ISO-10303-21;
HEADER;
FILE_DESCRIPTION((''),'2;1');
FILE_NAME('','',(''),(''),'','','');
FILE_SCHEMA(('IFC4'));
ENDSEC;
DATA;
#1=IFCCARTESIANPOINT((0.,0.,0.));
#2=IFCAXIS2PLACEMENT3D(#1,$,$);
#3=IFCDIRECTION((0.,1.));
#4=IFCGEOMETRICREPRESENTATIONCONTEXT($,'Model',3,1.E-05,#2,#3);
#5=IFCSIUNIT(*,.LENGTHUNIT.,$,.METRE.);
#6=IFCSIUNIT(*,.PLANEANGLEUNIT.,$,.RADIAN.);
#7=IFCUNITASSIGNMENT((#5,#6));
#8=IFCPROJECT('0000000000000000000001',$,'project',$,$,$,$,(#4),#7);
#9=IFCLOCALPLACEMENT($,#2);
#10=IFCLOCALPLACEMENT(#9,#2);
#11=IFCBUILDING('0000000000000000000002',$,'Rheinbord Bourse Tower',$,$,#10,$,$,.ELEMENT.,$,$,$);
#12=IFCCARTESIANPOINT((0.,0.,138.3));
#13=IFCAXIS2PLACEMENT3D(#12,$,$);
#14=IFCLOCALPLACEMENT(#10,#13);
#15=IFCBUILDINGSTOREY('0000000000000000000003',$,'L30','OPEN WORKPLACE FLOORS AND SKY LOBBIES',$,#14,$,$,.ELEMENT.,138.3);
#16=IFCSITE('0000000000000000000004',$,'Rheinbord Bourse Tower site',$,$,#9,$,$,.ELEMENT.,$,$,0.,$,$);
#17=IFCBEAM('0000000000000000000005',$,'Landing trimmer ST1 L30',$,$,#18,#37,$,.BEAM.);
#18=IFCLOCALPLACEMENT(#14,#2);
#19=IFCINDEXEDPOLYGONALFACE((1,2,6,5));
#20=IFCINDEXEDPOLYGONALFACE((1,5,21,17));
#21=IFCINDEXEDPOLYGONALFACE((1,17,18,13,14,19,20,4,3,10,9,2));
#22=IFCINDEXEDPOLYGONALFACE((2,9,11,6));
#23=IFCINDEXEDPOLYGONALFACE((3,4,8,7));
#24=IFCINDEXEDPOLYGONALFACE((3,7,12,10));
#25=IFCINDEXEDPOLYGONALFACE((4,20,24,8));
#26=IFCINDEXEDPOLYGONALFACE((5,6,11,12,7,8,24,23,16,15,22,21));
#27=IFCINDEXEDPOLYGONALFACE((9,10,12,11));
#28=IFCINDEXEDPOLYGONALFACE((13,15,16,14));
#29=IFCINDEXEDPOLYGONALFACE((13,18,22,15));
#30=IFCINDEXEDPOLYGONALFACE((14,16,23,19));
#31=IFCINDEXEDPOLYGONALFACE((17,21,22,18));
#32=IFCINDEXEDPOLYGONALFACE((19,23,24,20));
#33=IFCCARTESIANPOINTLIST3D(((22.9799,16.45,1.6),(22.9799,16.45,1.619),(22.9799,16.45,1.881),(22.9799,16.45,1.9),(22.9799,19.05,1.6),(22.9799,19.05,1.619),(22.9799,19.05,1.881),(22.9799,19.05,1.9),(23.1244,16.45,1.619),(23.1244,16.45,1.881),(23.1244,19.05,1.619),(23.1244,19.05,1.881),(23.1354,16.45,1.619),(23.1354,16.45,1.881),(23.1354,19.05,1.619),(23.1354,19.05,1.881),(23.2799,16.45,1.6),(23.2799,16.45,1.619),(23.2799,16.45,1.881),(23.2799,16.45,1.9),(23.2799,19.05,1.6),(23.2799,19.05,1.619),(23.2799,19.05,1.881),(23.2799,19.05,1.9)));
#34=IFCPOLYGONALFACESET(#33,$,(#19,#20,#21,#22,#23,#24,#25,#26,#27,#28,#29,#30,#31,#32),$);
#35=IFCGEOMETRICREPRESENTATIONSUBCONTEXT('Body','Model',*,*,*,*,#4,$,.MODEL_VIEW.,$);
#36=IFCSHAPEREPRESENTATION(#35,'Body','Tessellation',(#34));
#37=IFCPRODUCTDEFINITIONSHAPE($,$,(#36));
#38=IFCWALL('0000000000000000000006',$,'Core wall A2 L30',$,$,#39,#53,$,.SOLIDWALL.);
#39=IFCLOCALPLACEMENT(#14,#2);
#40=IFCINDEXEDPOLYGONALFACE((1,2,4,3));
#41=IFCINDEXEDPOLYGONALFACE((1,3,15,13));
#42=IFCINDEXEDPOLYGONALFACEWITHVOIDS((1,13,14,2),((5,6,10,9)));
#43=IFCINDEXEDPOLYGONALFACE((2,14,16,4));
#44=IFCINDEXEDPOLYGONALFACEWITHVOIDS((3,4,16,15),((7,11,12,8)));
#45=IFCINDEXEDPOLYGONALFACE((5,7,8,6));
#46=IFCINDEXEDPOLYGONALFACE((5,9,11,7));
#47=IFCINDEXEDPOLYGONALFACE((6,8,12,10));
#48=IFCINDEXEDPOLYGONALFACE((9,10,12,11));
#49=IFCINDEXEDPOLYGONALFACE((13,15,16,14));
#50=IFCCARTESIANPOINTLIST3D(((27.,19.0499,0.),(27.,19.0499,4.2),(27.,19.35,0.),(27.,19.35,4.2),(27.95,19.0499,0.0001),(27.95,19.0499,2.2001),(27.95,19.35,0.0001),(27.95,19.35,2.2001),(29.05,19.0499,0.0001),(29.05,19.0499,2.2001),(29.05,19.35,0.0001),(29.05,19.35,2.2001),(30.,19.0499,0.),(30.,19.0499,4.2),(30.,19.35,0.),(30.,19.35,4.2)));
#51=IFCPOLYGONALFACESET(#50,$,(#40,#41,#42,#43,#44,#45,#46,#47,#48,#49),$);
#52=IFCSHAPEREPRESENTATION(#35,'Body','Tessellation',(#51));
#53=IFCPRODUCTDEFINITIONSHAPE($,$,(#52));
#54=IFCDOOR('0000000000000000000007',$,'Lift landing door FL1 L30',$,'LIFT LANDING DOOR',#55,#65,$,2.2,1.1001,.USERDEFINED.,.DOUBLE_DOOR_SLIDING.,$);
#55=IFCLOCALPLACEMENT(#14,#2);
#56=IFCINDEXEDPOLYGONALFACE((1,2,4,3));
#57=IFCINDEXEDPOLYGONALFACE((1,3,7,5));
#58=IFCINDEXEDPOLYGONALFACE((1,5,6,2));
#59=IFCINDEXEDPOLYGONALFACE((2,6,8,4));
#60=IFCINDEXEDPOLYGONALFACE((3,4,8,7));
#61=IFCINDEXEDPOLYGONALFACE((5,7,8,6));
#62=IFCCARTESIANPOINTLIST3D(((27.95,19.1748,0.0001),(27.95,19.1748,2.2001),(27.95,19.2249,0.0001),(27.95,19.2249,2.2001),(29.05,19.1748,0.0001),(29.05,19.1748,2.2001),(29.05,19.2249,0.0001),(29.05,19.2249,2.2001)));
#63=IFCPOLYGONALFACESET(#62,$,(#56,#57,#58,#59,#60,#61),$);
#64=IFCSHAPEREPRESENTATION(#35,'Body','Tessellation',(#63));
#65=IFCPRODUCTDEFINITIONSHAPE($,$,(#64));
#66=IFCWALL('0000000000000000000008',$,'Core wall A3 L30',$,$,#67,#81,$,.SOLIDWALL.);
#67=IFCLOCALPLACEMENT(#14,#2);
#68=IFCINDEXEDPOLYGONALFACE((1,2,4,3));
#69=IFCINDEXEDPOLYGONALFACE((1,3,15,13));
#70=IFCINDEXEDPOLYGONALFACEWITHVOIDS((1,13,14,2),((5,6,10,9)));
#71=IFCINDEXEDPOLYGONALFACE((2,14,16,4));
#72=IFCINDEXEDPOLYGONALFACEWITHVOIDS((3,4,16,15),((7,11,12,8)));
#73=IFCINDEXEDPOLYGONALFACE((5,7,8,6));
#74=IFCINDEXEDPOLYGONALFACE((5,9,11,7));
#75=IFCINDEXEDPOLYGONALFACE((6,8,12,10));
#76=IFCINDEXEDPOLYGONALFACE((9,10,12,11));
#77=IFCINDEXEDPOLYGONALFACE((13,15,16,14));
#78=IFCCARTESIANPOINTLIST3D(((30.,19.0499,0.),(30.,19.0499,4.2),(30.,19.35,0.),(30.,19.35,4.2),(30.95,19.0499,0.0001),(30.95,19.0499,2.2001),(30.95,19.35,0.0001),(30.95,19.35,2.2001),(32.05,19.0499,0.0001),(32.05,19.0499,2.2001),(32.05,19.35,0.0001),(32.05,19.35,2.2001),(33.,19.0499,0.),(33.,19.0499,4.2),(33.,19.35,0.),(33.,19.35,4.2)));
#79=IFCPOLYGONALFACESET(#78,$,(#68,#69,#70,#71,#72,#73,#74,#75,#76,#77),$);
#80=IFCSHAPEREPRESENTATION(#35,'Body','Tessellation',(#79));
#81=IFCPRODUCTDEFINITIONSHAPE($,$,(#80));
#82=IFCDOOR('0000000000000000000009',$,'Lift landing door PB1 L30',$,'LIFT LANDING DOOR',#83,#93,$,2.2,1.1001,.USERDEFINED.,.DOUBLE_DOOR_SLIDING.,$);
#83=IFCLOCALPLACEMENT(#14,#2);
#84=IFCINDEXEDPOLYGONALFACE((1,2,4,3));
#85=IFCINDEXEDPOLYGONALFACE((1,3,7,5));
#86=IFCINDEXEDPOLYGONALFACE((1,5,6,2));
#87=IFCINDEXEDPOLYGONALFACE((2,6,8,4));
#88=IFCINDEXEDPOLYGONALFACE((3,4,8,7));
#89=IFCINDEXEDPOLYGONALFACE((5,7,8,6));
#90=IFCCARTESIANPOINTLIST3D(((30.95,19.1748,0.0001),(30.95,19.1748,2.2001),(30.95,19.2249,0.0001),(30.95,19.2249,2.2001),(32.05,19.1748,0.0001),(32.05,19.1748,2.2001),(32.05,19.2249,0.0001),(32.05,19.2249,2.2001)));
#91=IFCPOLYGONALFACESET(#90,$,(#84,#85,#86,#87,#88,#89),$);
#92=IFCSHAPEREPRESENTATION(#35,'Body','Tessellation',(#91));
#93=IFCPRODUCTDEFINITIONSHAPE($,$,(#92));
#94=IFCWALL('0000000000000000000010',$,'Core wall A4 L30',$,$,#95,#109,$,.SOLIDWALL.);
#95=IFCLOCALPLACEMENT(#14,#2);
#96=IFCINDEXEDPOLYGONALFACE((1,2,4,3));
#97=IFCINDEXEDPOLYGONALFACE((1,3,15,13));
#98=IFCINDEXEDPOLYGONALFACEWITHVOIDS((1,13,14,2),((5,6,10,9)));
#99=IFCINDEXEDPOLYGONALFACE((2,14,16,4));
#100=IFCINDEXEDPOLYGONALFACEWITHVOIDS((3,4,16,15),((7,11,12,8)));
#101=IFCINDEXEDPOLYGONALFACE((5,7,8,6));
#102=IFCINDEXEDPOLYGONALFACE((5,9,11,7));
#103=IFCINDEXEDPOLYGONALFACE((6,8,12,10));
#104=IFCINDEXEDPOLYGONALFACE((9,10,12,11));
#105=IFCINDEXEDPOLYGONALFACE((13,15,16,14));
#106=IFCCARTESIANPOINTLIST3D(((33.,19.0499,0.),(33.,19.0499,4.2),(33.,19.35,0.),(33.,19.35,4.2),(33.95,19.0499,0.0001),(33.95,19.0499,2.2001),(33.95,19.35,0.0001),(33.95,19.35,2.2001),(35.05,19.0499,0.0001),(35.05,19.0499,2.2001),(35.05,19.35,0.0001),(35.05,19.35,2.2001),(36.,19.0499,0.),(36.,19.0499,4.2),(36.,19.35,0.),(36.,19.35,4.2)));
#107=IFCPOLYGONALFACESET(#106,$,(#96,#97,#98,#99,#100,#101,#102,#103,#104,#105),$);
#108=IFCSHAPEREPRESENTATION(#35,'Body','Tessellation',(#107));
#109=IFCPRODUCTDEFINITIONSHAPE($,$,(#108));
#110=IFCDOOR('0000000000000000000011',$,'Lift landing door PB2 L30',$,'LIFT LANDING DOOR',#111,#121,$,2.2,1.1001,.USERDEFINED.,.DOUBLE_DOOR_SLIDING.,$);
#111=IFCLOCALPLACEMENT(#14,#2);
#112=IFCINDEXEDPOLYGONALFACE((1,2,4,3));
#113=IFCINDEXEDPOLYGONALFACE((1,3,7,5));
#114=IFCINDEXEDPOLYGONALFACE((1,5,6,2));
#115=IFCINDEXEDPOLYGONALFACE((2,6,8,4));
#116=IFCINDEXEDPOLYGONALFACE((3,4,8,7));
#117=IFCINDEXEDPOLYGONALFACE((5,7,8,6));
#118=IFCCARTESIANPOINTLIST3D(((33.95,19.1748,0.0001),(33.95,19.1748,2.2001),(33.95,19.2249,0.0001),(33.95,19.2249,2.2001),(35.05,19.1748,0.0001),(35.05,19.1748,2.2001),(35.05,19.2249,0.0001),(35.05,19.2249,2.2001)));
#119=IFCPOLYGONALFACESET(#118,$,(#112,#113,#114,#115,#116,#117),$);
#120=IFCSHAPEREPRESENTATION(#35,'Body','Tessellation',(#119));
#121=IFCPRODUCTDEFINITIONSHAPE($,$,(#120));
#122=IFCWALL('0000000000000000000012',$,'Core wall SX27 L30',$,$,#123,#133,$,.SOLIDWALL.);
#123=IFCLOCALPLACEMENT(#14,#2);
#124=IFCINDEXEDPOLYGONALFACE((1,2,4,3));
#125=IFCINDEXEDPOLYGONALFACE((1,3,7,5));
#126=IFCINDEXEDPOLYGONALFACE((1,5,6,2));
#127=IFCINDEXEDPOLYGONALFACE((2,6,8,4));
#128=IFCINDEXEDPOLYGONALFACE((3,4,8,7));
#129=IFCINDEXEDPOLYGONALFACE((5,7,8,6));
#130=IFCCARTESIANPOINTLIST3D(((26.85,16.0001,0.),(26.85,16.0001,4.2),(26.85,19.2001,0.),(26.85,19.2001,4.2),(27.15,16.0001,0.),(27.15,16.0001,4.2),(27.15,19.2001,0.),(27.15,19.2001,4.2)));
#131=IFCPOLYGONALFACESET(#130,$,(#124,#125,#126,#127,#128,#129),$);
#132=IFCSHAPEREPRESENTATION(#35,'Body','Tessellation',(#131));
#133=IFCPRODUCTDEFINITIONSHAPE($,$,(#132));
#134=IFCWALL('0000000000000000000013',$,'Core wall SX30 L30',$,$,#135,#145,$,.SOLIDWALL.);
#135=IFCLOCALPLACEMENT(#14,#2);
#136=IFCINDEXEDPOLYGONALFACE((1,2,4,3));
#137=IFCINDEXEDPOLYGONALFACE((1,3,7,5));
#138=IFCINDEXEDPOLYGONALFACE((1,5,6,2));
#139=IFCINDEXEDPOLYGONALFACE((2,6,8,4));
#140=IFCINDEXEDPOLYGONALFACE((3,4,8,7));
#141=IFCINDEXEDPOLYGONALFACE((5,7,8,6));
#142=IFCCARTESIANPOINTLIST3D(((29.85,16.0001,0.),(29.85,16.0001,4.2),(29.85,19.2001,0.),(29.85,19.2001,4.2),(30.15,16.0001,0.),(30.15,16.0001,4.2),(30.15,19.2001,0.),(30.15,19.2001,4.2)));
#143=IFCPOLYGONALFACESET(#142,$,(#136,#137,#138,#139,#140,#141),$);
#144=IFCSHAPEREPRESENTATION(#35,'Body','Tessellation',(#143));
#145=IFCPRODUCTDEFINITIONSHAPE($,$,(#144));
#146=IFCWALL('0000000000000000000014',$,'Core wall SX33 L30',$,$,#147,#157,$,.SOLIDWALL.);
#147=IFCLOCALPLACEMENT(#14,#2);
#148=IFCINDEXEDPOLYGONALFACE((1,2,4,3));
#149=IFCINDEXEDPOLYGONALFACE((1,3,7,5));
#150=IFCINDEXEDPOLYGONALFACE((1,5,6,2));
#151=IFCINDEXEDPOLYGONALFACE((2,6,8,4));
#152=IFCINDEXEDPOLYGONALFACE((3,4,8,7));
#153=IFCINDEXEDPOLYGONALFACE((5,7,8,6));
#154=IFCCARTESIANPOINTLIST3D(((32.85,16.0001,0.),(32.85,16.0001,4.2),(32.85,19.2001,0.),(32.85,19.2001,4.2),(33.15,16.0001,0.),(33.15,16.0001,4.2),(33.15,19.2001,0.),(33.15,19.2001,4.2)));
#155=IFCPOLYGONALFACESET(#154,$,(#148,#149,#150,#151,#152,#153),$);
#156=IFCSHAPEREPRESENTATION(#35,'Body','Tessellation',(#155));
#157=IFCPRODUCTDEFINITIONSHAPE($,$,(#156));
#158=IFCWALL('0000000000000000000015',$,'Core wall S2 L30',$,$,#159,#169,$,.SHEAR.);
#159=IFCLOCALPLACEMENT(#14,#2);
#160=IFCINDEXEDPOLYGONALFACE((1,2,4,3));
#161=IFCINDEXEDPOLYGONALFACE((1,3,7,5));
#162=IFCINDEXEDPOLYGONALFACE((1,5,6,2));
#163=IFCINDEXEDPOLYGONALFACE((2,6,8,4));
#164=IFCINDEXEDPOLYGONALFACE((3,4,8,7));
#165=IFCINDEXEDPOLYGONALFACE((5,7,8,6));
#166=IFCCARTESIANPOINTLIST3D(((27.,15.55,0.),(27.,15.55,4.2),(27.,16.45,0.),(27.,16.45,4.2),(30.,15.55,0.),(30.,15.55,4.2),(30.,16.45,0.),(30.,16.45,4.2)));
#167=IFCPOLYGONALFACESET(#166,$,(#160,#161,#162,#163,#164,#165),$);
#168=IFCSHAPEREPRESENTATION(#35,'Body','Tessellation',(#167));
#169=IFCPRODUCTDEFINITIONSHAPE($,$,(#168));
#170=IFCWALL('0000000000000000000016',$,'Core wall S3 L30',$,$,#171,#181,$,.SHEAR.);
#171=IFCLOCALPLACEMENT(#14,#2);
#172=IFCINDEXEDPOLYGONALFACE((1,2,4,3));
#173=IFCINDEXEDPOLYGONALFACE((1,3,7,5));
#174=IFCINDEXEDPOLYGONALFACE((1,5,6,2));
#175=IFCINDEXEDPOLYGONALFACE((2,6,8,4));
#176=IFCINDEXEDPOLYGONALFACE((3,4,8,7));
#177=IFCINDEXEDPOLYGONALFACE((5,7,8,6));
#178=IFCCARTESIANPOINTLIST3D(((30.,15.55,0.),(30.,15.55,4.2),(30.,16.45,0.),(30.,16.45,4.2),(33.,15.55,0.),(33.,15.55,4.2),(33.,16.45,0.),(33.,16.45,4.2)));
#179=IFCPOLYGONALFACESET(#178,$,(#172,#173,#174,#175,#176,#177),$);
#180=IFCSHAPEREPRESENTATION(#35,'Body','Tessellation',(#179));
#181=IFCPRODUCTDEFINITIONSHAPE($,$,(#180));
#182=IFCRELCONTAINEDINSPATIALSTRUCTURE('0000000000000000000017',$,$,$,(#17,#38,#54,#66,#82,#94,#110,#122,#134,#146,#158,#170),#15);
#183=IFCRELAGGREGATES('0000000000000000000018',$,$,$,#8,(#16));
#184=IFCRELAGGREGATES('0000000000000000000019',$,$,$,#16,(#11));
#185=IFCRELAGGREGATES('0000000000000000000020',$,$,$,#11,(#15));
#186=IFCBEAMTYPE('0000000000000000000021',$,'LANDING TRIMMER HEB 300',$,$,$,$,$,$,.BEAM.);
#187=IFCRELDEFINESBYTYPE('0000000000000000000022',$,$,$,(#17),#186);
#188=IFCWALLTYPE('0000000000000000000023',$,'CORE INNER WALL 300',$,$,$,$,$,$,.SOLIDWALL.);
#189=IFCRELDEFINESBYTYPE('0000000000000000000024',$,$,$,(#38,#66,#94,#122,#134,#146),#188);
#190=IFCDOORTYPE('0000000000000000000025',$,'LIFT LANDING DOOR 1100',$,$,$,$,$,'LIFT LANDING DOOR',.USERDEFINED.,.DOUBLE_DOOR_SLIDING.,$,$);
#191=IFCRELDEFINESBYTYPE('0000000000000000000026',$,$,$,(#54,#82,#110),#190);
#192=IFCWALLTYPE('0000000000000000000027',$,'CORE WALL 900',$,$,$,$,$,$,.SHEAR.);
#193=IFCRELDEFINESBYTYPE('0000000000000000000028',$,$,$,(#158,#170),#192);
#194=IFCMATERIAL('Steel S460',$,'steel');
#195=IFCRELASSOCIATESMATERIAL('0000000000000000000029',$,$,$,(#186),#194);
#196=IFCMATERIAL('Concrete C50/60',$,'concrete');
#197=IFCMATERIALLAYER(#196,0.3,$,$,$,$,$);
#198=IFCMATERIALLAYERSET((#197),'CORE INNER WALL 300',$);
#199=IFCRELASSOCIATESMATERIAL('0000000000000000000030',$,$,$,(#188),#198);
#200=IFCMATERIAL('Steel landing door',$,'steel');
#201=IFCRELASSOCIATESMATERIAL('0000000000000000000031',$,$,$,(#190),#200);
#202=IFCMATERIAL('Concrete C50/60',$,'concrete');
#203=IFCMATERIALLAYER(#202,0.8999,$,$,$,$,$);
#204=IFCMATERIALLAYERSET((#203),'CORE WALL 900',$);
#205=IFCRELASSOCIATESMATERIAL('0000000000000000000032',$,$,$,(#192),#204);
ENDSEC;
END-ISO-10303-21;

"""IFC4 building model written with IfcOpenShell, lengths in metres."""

from ifc_helpers import new_model, si_unit, direction, frame, frame_2d, origin, origin_2d, place, context, subcontext, project, spatial, rectangle, i_section, extrude, material, layer, layer_set, material_profile, profile_set, type_object, element, fill, save


model = new_model("IFC4")

# Units and contexts
model_context = context("Model", 3, precision=1e-05, world=origin(), true_north=direction((0.0, 1.0)))
body_context = subcontext(model_context, "Body", "Model", "MODEL_VIEW")
ifc_project = project(units=[si_unit("LENGTHUNIT", "METRE"), si_unit("PLANEANGLEUNIT", "RADIAN")], contexts=[model_context])

# Site, building, storey
site_placement = place(None, origin())
site = spatial("IfcSite", under=ifc_project, at=site_placement, Name="Rheinbord Bourse Tower site", CompositionType="ELEMENT", RefElevation=0.0)
building_placement = place(site_placement, origin())
building = spatial("IfcBuilding", under=site, at=building_placement, Name="Rheinbord Bourse Tower", CompositionType="ELEMENT")
storey_placement = place(building_placement, frame((0.0, 0.0, 138.3)))
storey = spatial("IfcBuildingStorey", under=building, at=storey_placement, Name="L30", Description="OPEN WORKPLACE FLOORS AND SKY LOBBIES", CompositionType="ELEMENT", Elevation=138.3)

# Beam
ifc_material_1 = material(Name="Steel S460", Category="steel")
ifc_material_profile = material_profile(ifc_material_1, i_section(OverallWidth=0.3, OverallDepth=0.3, WebThickness=0.011, FlangeThickness=0.019, at=origin_2d()), Name="HEB 300")
ifc_profile_set = profile_set([ifc_material_profile], Name="Steel S460")
beam_type = type_object("IfcBeamType", Name="LANDING TRIMMER HEB 300", PredefinedType="BEAM", material=ifc_profile_set)
beam_placement = place(storey_placement, frame((23.1299, 16.45, 1.75), z_axis=(0.0, 1.0, 0.0), x_axis=(-1.0, 0.0, 0.0)))
element("IfcBeam", 1, at=beam_placement, inside=storey, type_object=beam_type, Name="Landing trimmer ST1 L30", PredefinedType="BEAM", context=body_context, shape_type="SweptSolid", body=[
    extrude(i_section(OverallWidth=0.3, OverallDepth=0.3, WebThickness=0.011, FlangeThickness=0.019, at=origin_2d()), origin(), (0.0, 0.0, 1.0), 2.6001),
])

# Walls, openings, doors
ifc_material_2 = material(Name="Concrete C50/60", Category="concrete")
ifc_layer_1 = layer(ifc_material_2, 0.3)
ifc_layer_set_1 = layer_set([ifc_layer_1], Name="CORE INNER WALL 300")
wall_type_1 = type_object("IfcWallType", Name="CORE INNER WALL 300", PredefinedType="SOLIDWALL", material=ifc_layer_set_1)
wall_1_placement = place(storey_placement, frame((27.0, 19.2, 0.0), z_axis=(0.0, 0.0, 1.0), x_axis=(1.0, 0.0, 0.0)))
wall_1 = element("IfcWall", 2, at=wall_1_placement, inside=storey, type_object=wall_type_1, Name="Core wall A2 L30", PredefinedType="SOLIDWALL", context=body_context, shape_type="SweptSolid", body=[
    extrude(rectangle(XDim=3.0, YDim=0.3, at=frame_2d((1.5, 0.0))), origin(), (0.0, 0.0, 1.0), 4.2),
])
opening_1_placement = place(wall_1_placement, frame((0.95, 0.0, 0.0)))
opening_1 = element("IfcOpeningElement", 3, at=opening_1_placement, cuts=wall_1, PredefinedType="OPENING", context=body_context, shape_type="SweptSolid", body=[
    extrude(rectangle(XDim=1.1001, YDim=2.2, at=frame_2d((0.55, 1.1001))), frame((0.0, 0.1599, 0.0), z_axis=(0.0, -1.0, 0.0), x_axis=(1.0, 0.0, 0.0)), (0.0, 0.0, 1.0), 0.3201),
])
ifc_material_3 = material(Name="Steel landing door", Category="steel")
door_type_1 = type_object("IfcDoorType", Name="LIFT LANDING DOOR 1100", ElementType="LIFT LANDING DOOR", OperationType="DOUBLE_DOOR_SLIDING", PredefinedType="USERDEFINED", material=ifc_material_3)
door_1_placement = place(opening_1_placement, origin())
door_1 = element("IfcDoor", 4, at=door_1_placement, inside=storey, type_object=door_type_1, Name="Lift landing door FL1 L30", ObjectType="LIFT LANDING DOOR", OperationType="DOUBLE_DOOR_SLIDING", OverallHeight=2.2, OverallWidth=1.1001, PredefinedType="USERDEFINED", context=body_context, shape_type="SweptSolid", body=[
    extrude(rectangle(XDim=1.1001, YDim=2.2, at=frame_2d((0.55, 1.1001))), frame((0.0, 0.0249, 0.0), z_axis=(0.0, -1.0, 0.0), x_axis=(1.0, 0.0, 0.0)), (0.0, 0.0, 1.0), 0.05),
])
fill(opening_1, door_1)
wall_2_placement = place(storey_placement, frame((30.0, 19.2, 0.0), z_axis=(0.0, 0.0, 1.0), x_axis=(1.0, 0.0, 0.0)))
wall_2 = element("IfcWall", 5, at=wall_2_placement, inside=storey, type_object=wall_type_1, Name="Core wall A3 L30", PredefinedType="SOLIDWALL", context=body_context, shape_type="SweptSolid", body=[
    extrude(rectangle(XDim=3.0, YDim=0.3, at=frame_2d((1.5, 0.0))), origin(), (0.0, 0.0, 1.0), 4.2),
])
opening_2_placement = place(wall_2_placement, frame((0.95, 0.0, 0.0)))
opening_2 = element("IfcOpeningElement", 6, at=opening_2_placement, cuts=wall_2, PredefinedType="OPENING", context=body_context, shape_type="SweptSolid", body=[
    extrude(rectangle(XDim=1.1001, YDim=2.2, at=frame_2d((0.55, 1.1001))), frame((0.0, 0.1599, 0.0), z_axis=(0.0, -1.0, 0.0), x_axis=(1.0, 0.0, 0.0)), (0.0, 0.0, 1.0), 0.3201),
])
door_2_placement = place(opening_2_placement, origin())
door_2 = element("IfcDoor", 7, at=door_2_placement, inside=storey, type_object=door_type_1, Name="Lift landing door PB1 L30", ObjectType="LIFT LANDING DOOR", OperationType="DOUBLE_DOOR_SLIDING", OverallHeight=2.2, OverallWidth=1.1001, PredefinedType="USERDEFINED", context=body_context, shape_type="SweptSolid", body=[
    extrude(rectangle(XDim=1.1001, YDim=2.2, at=frame_2d((0.55, 1.1001))), frame((0.0, 0.0249, 0.0), z_axis=(0.0, -1.0, 0.0), x_axis=(1.0, 0.0, 0.0)), (0.0, 0.0, 1.0), 0.05),
])
fill(opening_2, door_2)
wall_3_placement = place(storey_placement, frame((33.0, 19.2, 0.0), z_axis=(0.0, 0.0, 1.0), x_axis=(1.0, 0.0, 0.0)))
wall_3 = element("IfcWall", 8, at=wall_3_placement, inside=storey, type_object=wall_type_1, Name="Core wall A4 L30", PredefinedType="SOLIDWALL", context=body_context, shape_type="SweptSolid", body=[
    extrude(rectangle(XDim=3.0, YDim=0.3, at=frame_2d((1.5, 0.0))), origin(), (0.0, 0.0, 1.0), 4.2),
])
opening_3_placement = place(wall_3_placement, frame((0.95, 0.0, 0.0)))
opening_3 = element("IfcOpeningElement", 9, at=opening_3_placement, cuts=wall_3, PredefinedType="OPENING", context=body_context, shape_type="SweptSolid", body=[
    extrude(rectangle(XDim=1.1001, YDim=2.2, at=frame_2d((0.55, 1.1001))), frame((0.0, 0.1599, 0.0), z_axis=(0.0, -1.0, 0.0), x_axis=(1.0, 0.0, 0.0)), (0.0, 0.0, 1.0), 0.3201),
])
door_3_placement = place(opening_3_placement, origin())
door_3 = element("IfcDoor", 10, at=door_3_placement, inside=storey, type_object=door_type_1, Name="Lift landing door PB2 L30", ObjectType="LIFT LANDING DOOR", OperationType="DOUBLE_DOOR_SLIDING", OverallHeight=2.2, OverallWidth=1.1001, PredefinedType="USERDEFINED", context=body_context, shape_type="SweptSolid", body=[
    extrude(rectangle(XDim=1.1001, YDim=2.2, at=frame_2d((0.55, 1.1001))), frame((0.0, 0.0249, 0.0), z_axis=(0.0, -1.0, 0.0), x_axis=(1.0, 0.0, 0.0)), (0.0, 0.0, 1.0), 0.05),
])
fill(opening_3, door_3)

# Walls
for number, where, z_axis, x_axis, name in (
    (11, (27.0, 16.0, 0.0), (0.0, 0.0, 1.0), (0.0, 1.0, 0.0), "Core wall SX27 L30"),
    (12, (30.0, 16.0, 0.0), (0.0, 0.0, 1.0), (0.0, 1.0, 0.0), "Core wall SX30 L30"),
    (13, (33.0, 16.0, 0.0), (0.0, 0.0, 1.0), (0.0, 1.0, 0.0), "Core wall SX33 L30"),
):
    element("IfcWall", number, at=place(storey_placement, frame(where, z_axis=z_axis, x_axis=x_axis)), inside=storey, type_object=wall_type_1, Name=name, PredefinedType="SOLIDWALL", context=body_context, shape_type="SweptSolid", body=[
        extrude(rectangle(XDim=3.2, YDim=0.3, at=frame_2d((1.6001, 0.0))), origin(), (0.0, 0.0, 1.0), 4.2),
    ])
ifc_material_4 = material(Name="Concrete C50/60", Category="concrete")
ifc_layer_2 = layer(ifc_material_4, 0.8999)
ifc_layer_set_2 = layer_set([ifc_layer_2], Name="CORE WALL 900")
wall_type_2 = type_object("IfcWallType", Name="CORE WALL 900", PredefinedType="SHEAR", material=ifc_layer_set_2)
for number, where, z_axis, x_axis, name in (
    (14, (27.0, 16.0, 0.0), (0.0, 0.0, 1.0), (1.0, 0.0, 0.0), "Core wall S2 L30"),
    (15, (30.0, 16.0, 0.0), (0.0, 0.0, 1.0), (1.0, 0.0, 0.0), "Core wall S3 L30"),
):
    element("IfcWall", number, at=place(storey_placement, frame(where, z_axis=z_axis, x_axis=x_axis)), inside=storey, type_object=wall_type_2, Name=name, PredefinedType="SHEAR", context=body_context, shape_type="SweptSolid", body=[
        extrude(rectangle(XDim=3.0, YDim=0.8999, at=frame_2d((1.5, 0.0))), origin(), (0.0, 0.0, 1.0), 4.2),
    ])

save(model, "model.ifc")
